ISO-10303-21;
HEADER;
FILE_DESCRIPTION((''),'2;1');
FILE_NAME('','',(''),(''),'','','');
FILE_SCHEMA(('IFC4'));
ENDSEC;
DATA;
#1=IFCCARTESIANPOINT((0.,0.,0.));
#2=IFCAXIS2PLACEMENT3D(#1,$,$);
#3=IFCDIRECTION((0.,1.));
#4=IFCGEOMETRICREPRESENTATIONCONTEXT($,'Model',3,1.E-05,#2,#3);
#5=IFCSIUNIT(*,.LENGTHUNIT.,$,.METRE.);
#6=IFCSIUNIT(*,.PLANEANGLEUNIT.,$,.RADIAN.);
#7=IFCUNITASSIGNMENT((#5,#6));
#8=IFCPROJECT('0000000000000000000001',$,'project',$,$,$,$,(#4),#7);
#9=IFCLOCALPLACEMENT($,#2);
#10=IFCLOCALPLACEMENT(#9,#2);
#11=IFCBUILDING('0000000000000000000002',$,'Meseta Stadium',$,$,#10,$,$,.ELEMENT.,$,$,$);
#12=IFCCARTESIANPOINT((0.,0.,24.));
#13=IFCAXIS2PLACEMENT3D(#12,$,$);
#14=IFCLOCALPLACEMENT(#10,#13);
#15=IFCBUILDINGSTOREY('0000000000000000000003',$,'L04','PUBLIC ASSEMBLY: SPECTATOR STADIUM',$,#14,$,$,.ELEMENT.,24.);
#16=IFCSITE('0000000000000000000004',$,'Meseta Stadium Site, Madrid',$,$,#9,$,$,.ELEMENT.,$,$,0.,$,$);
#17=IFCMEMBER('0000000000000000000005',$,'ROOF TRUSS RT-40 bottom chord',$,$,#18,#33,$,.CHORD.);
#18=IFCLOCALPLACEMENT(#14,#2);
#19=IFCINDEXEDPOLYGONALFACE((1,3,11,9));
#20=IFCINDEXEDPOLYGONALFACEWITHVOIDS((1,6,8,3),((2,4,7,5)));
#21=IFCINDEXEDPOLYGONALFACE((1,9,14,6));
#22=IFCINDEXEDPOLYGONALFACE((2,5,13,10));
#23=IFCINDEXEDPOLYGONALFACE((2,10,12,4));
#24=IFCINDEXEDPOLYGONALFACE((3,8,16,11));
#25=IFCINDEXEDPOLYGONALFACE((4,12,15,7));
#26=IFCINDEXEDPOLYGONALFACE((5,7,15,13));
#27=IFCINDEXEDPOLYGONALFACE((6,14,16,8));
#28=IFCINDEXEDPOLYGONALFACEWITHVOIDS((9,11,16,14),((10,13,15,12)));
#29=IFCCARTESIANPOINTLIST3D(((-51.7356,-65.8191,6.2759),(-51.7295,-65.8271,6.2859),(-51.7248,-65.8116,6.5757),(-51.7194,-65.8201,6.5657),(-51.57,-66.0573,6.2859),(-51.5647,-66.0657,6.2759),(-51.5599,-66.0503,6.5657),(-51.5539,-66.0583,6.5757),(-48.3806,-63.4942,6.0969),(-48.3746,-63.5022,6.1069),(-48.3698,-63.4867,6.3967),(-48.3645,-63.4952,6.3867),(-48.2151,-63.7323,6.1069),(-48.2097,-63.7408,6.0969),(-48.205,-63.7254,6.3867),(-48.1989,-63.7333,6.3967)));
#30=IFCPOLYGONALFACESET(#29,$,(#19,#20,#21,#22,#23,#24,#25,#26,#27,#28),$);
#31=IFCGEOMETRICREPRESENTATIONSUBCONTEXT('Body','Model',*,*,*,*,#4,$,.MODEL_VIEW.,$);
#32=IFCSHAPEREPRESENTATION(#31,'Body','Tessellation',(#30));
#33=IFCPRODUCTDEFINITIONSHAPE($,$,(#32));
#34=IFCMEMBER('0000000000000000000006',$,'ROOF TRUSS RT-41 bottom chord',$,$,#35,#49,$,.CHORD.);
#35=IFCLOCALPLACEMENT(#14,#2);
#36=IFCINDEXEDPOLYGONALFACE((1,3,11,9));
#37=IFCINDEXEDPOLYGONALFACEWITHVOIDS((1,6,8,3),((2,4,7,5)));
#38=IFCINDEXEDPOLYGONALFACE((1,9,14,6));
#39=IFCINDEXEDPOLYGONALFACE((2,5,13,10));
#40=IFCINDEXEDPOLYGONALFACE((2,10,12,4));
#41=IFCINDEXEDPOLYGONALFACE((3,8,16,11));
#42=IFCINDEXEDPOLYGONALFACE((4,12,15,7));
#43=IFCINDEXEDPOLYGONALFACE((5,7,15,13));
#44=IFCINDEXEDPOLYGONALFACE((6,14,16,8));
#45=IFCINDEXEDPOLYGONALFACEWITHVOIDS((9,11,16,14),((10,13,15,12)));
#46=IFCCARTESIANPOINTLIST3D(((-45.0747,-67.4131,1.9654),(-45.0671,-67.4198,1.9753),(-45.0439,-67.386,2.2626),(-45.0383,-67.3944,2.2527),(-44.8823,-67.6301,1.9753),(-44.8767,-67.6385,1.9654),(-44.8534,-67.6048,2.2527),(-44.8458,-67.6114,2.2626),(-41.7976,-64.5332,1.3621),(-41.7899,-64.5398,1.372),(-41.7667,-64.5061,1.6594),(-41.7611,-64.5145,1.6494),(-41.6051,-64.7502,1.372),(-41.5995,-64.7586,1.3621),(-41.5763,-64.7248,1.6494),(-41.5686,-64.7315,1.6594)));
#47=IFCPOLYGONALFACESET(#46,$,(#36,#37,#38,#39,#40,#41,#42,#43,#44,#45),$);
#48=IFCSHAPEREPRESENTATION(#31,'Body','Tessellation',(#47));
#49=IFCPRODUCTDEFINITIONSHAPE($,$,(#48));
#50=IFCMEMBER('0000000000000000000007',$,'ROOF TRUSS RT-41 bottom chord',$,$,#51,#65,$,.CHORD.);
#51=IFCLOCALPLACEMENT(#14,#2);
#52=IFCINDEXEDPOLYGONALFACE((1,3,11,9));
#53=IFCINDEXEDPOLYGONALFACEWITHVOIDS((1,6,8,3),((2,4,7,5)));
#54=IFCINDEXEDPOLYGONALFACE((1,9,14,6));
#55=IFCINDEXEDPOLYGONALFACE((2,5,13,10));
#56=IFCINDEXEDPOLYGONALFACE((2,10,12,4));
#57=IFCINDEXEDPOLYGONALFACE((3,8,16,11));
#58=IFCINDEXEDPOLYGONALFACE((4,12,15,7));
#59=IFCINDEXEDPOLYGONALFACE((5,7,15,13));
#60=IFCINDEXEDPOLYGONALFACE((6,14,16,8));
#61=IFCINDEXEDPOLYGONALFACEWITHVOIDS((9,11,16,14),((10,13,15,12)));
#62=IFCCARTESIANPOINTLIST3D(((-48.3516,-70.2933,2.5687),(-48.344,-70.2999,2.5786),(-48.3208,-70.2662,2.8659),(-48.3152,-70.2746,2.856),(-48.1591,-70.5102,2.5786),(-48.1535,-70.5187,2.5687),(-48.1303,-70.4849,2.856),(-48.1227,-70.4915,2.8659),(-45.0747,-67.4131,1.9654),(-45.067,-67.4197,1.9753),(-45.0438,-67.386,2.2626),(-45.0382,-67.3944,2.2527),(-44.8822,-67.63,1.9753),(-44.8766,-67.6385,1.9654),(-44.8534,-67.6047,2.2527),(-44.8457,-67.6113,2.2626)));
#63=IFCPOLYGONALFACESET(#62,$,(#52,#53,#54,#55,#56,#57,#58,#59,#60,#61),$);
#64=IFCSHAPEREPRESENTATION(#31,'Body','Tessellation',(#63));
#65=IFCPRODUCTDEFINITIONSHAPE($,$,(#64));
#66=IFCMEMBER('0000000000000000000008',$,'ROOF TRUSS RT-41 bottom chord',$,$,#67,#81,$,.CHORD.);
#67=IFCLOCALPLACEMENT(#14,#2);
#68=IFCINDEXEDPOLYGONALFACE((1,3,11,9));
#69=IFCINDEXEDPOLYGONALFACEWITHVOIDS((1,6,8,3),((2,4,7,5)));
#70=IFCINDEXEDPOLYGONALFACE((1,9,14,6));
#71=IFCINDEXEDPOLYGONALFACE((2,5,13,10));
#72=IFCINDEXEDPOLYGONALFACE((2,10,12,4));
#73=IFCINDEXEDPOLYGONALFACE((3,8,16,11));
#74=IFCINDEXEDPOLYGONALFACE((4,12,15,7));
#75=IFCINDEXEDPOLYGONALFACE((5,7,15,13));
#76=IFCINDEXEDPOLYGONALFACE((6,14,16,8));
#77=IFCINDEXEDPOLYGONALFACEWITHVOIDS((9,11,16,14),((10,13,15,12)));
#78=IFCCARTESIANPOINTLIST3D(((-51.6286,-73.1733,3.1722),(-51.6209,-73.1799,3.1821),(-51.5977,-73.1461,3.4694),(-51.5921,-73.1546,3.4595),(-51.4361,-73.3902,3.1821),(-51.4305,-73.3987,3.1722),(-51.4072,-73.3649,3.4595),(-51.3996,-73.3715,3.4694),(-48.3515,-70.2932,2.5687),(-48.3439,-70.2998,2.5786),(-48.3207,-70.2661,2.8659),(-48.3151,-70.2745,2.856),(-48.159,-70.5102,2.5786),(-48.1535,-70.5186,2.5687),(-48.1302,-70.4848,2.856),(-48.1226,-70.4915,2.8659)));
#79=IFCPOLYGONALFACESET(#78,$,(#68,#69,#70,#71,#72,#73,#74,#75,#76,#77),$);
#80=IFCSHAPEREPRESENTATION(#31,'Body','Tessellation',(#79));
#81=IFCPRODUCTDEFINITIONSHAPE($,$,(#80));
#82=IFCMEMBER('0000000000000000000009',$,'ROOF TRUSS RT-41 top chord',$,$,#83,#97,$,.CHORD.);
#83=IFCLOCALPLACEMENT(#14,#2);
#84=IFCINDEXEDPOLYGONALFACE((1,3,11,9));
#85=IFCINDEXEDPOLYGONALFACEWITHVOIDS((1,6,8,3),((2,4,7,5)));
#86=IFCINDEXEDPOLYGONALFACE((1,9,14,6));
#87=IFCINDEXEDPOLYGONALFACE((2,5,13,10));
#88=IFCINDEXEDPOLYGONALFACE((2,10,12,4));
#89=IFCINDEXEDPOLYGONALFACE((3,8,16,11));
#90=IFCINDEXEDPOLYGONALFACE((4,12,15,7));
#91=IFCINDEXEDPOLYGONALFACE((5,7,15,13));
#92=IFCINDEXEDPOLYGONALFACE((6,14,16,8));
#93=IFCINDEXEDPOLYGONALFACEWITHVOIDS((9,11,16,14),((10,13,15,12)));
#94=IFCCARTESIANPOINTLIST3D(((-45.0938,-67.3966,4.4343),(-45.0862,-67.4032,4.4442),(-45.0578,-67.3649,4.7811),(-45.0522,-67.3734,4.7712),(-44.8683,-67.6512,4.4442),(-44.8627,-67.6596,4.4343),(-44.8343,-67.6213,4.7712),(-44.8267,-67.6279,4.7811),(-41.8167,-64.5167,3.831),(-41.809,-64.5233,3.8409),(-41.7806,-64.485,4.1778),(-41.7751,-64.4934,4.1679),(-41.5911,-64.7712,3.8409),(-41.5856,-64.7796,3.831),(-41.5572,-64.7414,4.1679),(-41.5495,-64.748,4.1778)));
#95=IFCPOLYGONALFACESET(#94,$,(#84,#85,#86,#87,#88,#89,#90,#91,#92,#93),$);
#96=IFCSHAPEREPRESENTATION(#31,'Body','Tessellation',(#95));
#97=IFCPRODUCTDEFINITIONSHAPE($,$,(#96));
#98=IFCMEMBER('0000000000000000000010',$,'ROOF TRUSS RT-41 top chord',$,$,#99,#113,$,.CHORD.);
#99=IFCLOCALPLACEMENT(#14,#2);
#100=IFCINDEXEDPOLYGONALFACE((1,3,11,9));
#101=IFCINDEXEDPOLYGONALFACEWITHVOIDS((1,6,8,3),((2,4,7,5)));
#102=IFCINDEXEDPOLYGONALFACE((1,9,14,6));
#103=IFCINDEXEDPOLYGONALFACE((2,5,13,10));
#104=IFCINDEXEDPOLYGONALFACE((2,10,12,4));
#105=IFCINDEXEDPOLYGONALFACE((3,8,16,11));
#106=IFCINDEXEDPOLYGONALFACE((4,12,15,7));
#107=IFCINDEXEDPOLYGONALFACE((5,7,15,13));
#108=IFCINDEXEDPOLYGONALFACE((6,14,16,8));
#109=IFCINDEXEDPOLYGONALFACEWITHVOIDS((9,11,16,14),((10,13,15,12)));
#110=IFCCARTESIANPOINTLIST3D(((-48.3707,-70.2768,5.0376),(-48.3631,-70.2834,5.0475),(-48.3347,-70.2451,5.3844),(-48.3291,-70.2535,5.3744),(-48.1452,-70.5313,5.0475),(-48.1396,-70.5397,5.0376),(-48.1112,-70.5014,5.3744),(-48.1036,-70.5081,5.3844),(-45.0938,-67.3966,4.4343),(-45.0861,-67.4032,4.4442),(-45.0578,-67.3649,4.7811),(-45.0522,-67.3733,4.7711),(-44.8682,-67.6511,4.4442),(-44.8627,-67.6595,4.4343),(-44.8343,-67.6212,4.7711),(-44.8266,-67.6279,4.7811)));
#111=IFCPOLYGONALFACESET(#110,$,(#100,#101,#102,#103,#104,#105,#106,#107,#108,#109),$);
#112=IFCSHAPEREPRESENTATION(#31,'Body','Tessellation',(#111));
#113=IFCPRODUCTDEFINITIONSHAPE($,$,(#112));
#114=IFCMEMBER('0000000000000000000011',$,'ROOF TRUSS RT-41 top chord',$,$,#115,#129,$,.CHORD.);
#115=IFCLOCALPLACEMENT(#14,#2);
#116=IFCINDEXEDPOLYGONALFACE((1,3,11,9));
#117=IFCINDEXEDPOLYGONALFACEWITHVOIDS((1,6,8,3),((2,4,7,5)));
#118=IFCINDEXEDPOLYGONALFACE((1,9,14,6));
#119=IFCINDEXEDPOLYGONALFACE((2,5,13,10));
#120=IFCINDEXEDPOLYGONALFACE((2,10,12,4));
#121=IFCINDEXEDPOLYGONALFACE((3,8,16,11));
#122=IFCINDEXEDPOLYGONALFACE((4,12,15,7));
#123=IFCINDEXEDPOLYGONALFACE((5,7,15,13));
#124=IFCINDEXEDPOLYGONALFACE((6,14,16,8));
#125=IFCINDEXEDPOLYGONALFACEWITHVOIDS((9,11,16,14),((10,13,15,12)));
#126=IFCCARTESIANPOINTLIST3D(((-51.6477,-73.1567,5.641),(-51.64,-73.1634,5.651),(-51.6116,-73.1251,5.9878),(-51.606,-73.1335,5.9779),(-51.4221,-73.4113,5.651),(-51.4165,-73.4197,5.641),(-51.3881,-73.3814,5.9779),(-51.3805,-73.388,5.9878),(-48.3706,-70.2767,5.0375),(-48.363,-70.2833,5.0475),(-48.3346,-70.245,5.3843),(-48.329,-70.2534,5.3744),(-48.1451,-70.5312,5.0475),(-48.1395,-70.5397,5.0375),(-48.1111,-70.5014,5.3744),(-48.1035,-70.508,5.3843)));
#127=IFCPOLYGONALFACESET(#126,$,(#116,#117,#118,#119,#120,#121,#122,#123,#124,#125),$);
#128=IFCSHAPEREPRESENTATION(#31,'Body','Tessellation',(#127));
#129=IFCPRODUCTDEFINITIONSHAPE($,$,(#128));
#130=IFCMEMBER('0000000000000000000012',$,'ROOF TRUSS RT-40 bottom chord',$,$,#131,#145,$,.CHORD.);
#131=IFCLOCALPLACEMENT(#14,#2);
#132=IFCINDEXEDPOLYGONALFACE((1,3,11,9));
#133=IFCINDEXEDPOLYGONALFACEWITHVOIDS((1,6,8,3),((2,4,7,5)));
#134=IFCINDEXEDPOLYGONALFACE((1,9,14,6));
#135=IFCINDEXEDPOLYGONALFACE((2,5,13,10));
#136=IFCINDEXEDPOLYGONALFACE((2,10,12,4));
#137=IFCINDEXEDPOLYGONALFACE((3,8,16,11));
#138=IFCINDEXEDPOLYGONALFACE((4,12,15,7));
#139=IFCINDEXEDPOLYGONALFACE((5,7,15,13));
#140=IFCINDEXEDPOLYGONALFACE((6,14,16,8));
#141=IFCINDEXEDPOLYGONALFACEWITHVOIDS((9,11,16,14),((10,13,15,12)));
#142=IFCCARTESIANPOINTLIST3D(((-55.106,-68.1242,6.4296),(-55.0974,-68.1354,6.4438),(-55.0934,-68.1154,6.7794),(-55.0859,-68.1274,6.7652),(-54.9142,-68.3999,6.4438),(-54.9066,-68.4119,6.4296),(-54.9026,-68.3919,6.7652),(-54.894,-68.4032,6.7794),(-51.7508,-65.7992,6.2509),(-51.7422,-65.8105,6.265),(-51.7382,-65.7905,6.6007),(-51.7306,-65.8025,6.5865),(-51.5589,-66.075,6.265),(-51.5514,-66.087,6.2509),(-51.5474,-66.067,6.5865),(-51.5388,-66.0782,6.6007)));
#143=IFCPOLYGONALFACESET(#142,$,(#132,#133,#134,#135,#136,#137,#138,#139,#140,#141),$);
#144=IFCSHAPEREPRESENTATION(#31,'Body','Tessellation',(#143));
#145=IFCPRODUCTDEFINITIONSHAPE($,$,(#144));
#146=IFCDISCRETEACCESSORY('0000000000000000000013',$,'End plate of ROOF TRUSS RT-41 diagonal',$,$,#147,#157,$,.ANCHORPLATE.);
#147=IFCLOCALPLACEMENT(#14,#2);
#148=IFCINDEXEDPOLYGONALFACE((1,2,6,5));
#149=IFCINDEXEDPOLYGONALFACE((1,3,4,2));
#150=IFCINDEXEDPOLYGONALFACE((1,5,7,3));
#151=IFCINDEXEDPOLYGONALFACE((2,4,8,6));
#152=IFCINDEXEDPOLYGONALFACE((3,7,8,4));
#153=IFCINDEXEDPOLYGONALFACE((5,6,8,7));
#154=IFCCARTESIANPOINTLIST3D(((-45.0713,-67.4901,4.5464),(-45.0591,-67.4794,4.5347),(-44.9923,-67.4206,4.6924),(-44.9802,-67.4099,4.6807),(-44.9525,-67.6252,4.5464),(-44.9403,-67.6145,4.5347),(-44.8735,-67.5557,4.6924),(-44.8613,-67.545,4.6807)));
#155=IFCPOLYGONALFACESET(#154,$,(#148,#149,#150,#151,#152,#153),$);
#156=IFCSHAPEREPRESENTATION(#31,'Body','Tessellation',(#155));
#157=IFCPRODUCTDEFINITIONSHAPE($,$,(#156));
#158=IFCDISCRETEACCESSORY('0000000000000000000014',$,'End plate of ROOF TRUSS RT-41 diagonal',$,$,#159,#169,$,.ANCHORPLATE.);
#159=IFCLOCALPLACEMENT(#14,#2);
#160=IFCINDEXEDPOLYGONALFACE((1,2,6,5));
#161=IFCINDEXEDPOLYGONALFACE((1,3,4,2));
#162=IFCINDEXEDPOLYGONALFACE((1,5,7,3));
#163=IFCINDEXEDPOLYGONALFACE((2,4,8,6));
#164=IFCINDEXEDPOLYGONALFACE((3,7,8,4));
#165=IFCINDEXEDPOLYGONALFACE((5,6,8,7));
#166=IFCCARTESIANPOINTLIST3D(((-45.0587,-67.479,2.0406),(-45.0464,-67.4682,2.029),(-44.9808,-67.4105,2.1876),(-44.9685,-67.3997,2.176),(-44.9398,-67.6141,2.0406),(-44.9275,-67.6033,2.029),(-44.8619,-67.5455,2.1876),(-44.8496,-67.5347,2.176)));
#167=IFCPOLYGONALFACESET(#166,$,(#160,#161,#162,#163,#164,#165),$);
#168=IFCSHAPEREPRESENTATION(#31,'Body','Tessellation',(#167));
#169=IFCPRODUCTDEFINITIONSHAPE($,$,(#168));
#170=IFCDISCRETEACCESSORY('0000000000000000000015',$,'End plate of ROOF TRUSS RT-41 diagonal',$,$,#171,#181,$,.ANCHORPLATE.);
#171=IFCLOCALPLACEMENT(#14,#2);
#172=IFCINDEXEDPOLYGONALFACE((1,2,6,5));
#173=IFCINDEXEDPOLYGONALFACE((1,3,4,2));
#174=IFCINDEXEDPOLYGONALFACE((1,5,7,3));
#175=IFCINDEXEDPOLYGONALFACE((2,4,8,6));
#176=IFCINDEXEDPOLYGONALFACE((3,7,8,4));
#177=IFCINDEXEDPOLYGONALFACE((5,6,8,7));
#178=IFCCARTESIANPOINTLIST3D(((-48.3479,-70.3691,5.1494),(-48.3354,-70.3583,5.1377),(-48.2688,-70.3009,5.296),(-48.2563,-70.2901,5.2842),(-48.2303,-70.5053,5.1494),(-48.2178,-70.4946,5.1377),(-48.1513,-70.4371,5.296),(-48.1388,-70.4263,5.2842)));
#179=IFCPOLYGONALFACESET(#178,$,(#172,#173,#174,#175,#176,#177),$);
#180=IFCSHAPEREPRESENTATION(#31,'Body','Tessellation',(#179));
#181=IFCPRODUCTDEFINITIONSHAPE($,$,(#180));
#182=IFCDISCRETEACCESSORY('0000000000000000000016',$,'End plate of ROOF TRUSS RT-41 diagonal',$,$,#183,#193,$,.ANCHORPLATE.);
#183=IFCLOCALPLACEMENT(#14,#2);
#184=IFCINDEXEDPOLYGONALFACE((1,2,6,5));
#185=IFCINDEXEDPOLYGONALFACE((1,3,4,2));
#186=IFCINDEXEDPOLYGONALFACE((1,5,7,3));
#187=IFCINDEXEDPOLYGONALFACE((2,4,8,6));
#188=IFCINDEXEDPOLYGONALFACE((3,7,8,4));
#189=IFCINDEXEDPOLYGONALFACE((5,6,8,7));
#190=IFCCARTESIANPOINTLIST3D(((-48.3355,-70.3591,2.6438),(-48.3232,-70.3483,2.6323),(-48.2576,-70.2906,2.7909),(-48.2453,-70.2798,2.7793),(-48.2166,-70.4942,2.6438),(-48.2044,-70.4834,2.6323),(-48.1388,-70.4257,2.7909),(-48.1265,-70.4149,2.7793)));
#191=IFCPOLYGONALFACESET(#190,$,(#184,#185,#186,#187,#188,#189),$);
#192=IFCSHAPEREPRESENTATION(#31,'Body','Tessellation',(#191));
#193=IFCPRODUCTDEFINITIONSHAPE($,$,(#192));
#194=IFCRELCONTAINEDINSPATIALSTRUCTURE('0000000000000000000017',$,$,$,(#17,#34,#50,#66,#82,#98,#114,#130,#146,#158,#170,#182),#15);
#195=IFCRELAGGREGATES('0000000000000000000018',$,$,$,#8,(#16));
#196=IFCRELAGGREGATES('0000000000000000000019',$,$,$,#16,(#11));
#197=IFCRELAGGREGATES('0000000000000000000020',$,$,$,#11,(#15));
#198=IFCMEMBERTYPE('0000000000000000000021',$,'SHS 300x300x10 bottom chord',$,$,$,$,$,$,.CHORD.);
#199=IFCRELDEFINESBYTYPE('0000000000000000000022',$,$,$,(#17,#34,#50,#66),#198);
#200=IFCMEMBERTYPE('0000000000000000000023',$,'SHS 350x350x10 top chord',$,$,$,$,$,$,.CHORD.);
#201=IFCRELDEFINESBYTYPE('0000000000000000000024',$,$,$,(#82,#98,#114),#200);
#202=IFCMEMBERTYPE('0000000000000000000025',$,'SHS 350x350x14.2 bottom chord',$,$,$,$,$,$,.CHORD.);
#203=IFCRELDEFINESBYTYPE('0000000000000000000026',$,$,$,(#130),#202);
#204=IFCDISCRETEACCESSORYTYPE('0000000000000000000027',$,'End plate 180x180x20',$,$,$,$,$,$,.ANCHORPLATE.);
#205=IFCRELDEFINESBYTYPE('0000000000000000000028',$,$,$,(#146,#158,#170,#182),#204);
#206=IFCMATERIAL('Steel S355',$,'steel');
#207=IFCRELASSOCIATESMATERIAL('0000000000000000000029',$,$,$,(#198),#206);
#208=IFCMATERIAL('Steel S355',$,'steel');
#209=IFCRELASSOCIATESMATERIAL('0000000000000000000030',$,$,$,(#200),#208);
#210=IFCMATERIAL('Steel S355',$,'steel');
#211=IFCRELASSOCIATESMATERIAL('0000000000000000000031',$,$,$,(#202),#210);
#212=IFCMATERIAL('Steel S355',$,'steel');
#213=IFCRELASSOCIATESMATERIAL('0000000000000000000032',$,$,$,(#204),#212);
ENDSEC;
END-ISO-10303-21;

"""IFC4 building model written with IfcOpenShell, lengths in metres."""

from ifc_helpers import new_model, si_unit, direction, frame, origin, origin_2d, place, context, subcontext, project, spatial, rectangle, hollow_rectangle, extrude, material, material_profile, profile_set, type_object, element, save


model = new_model("IFC4")

# Units and contexts
model_context = context("Model", 3, precision=1e-05, world=origin(), true_north=direction((0.0, 1.0)))
body_context = subcontext(model_context, "Body", "Model", "MODEL_VIEW")
ifc_project = project(units=[si_unit("LENGTHUNIT", "METRE"), si_unit("PLANEANGLEUNIT", "RADIAN")], contexts=[model_context])

# Site, building, storey
site_placement = place(None, origin())
site = spatial("IfcSite", under=ifc_project, at=site_placement, Name="Meseta Stadium Site, Madrid", CompositionType="ELEMENT", RefElevation=0.0)
building_placement = place(site_placement, origin())
building = spatial("IfcBuilding", under=site, at=building_placement, Name="Meseta Stadium", CompositionType="ELEMENT")
storey_placement = place(building_placement, frame((0.0, 0.0, 24.0)))
storey = spatial("IfcBuildingStorey", under=building, at=storey_placement, Name="L04", Description="PUBLIC ASSEMBLY: SPECTATOR STADIUM", CompositionType="ELEMENT", Elevation=24.0)

# Members
ifc_material_1 = material(Name="Steel S355", Category="steel")
ifc_material_profile_1 = material_profile(ifc_material_1, hollow_rectangle(XDim=0.3, YDim=0.3, WallThickness=0.01, at=origin_2d()), Name="SHS 300x300x10")
ifc_profile_set_1 = profile_set([ifc_material_profile_1], Name="Steel S355")
member_type_1 = type_object("IfcMemberType", Name="SHS 300x300x10 bottom chord", PredefinedType="CHORD", material=ifc_profile_set_1)
member_1_placement = place(storey_placement, frame((-48.2898, -63.6138, 6.2468), z_axis=(-0.821143, -0.56904, 0.0438), x_axis=(0.569586, -0.821932, 0.0)))
element("IfcMember", 1, at=member_1_placement, inside=storey, type_object=member_type_1, Name="ROOF TRUSS RT-40 bottom chord", PredefinedType="CHORD", context=body_context, shape_type="SweptSolid", body=[
    extrude(hollow_rectangle(XDim=0.3, YDim=0.3, WallThickness=0.01, at=origin_2d()), origin(), (0.0, 0.0, 1.0), 4.0857),
])
for number, where, z_axis, x_axis, name in (
    (2, (-41.6831, -64.6323, 1.5107), (-0.744084, -0.653894, 0.136976), (0.660116, -0.751164, 0.0), "ROOF TRUSS RT-41 bottom chord"),
    (3, (-44.9602, -67.5122, 2.114), (-0.744032, -0.653952, 0.136977), (0.660175, -0.751112, 0.0), "ROOF TRUSS RT-41 bottom chord"),
    (4, (-48.2371, -70.3923, 2.7173), (-0.744051, -0.65392, 0.137026), (0.660147, -0.751136, 0.0), "ROOF TRUSS RT-41 bottom chord"),
):
    element("IfcMember", number, at=place(storey_placement, frame(where, z_axis=z_axis, x_axis=x_axis)), inside=storey, type_object=member_type_1, Name=name, PredefinedType="CHORD", context=body_context, shape_type="SweptSolid", body=[
        extrude(hollow_rectangle(XDim=0.3, YDim=0.3, WallThickness=0.01, at=origin_2d()), origin(), (0.0, 0.0, 1.0), 4.4043),
    ])
ifc_material_2 = material(Name="Steel S355", Category="steel")
ifc_material_profile_2 = material_profile(ifc_material_2, hollow_rectangle(XDim=0.3501, YDim=0.3501, WallThickness=0.01, at=origin_2d()), Name="SHS 350x350x10")
ifc_profile_set_2 = profile_set([ifc_material_profile_2], Name="Steel S355")
member_type_2 = type_object("IfcMemberType", Name="SHS 350x350x10 top chord", PredefinedType="CHORD", material=ifc_profile_set_2)
for number, where, z_axis, x_axis, name in (
    (5, (-41.6831, -64.6323, 4.0044), (-0.744084, -0.653894, 0.136976), (0.660116, -0.751164, 0.0), "ROOF TRUSS RT-41 top chord"),
    (6, (-44.9602, -67.5122, 4.6077), (-0.744032, -0.653952, 0.136977), (0.660175, -0.751112, 0.0), "ROOF TRUSS RT-41 top chord"),
    (7, (-48.2371, -70.3923, 5.2109), (-0.744051, -0.65392, 0.137026), (0.660147, -0.751136, 0.0), "ROOF TRUSS RT-41 top chord"),
):
    element("IfcMember", number, at=place(storey_placement, frame(where, z_axis=z_axis, x_axis=x_axis)), inside=storey, type_object=member_type_2, Name=name, PredefinedType="CHORD", context=body_context, shape_type="SweptSolid", body=[
        extrude(hollow_rectangle(XDim=0.3501, YDim=0.3501, WallThickness=0.01, at=origin_2d()), origin(), (0.0, 0.0, 1.0), 4.4043),
    ])
ifc_material_3 = material(Name="Steel S355", Category="steel")
ifc_material_profile_3 = material_profile(ifc_material_3, hollow_rectangle(XDim=0.3501, YDim=0.3501, WallThickness=0.0142, at=origin_2d()), Name="SHS 350x350x14.2")
ifc_profile_set_3 = profile_set([ifc_material_profile_3], Name="Steel S355")
member_type_3 = type_object("IfcMemberType", Name="SHS 350x350x14.2 bottom chord", PredefinedType="CHORD", material=ifc_profile_set_3)
member_2_placement = place(storey_placement, frame((-51.6448, -65.9387, 6.4258), z_axis=(-0.821164, -0.569013, 0.043738), x_axis=(0.569558, -0.821951, 0.0)))
element("IfcMember", 8, at=member_2_placement, inside=storey, type_object=member_type_3, Name="ROOF TRUSS RT-40 bottom chord", PredefinedType="CHORD", context=body_context, shape_type="SweptSolid", body=[
    extrude(hollow_rectangle(XDim=0.3501, YDim=0.3501, WallThickness=0.0142, at=origin_2d()), origin(), (0.0, 0.0, 1.0), 4.0859),
])

# Discrete accessories
ifc_material_4 = material(Name="Steel S355", Category="steel")
ifc_material_profile_4 = material_profile(ifc_material_4, rectangle(XDim=0.1799, YDim=0.1799, at=origin_2d()), Name="PL 180x180")
ifc_profile_set_4 = profile_set([ifc_material_profile_4], Name="Steel S355")
discrete_accessory_type_1 = type_object("IfcDiscreteAccessoryType", Name="End plate 180x180x20", PredefinedType="ANCHORPLATE", material=ifc_profile_set_4)
for number, where, z_axis, x_axis, name in (
    (9, (-44.9602, -67.5122, 4.6077), (-0.609032, -0.535948, 0.584671), (0.660628, -0.750714, 0.0), "End plate of ROOF TRUSS RT-41 diagonal"),
    (10, (-44.948, -67.5015, 2.1025), (-0.61337, -0.539766, 0.576568), (0.660628, -0.750714, 0.0), "End plate of ROOF TRUSS RT-41 diagonal"),
):
    element("IfcDiscreteAccessory", number, at=place(storey_placement, frame(where, z_axis=z_axis, x_axis=x_axis)), inside=storey, type_object=discrete_accessory_type_1, Name=name, PredefinedType="ANCHORPLATE", context=body_context, shape_type="SweptSolid", body=[
        extrude(rectangle(XDim=0.1799, YDim=0.1799, at=origin_2d()), origin(), (0.0, 0.0, 1.0), 0.02),
    ])
discrete_accessory_1_placement = place(storey_placement, frame((-48.2371, -70.3923, 5.2109), z_axis=(-0.61661, -0.531977, 0.580339), x_axis=(0.653233, -0.757157, 0.0)))
element("IfcDiscreteAccessory", 11, at=discrete_accessory_1_placement, inside=storey, type_object=discrete_accessory_type_1, Name="End plate of ROOF TRUSS RT-41 diagonal", PredefinedType="ANCHORPLATE", context=body_context, shape_type="SweptSolid", body=[
    extrude(rectangle(XDim=0.1799, YDim=0.1799, at=origin_2d()), origin(), (0.0, 0.0, 1.0), 0.0203),
])
discrete_accessory_2_placement = place(storey_placement, frame((-48.2249, -70.3816, 2.7058), z_axis=(-0.61337, -0.539766, 0.576568), x_axis=(0.660628, -0.750714, 0.0)))
element("IfcDiscreteAccessory", 12, at=discrete_accessory_2_placement, inside=storey, type_object=discrete_accessory_type_1, Name="End plate of ROOF TRUSS RT-41 diagonal", PredefinedType="ANCHORPLATE", context=body_context, shape_type="SweptSolid", body=[
    extrude(rectangle(XDim=0.1799, YDim=0.1799, at=origin_2d()), origin(), (0.0, 0.0, 1.0), 0.02),
])

save(model, "model.ifc")
